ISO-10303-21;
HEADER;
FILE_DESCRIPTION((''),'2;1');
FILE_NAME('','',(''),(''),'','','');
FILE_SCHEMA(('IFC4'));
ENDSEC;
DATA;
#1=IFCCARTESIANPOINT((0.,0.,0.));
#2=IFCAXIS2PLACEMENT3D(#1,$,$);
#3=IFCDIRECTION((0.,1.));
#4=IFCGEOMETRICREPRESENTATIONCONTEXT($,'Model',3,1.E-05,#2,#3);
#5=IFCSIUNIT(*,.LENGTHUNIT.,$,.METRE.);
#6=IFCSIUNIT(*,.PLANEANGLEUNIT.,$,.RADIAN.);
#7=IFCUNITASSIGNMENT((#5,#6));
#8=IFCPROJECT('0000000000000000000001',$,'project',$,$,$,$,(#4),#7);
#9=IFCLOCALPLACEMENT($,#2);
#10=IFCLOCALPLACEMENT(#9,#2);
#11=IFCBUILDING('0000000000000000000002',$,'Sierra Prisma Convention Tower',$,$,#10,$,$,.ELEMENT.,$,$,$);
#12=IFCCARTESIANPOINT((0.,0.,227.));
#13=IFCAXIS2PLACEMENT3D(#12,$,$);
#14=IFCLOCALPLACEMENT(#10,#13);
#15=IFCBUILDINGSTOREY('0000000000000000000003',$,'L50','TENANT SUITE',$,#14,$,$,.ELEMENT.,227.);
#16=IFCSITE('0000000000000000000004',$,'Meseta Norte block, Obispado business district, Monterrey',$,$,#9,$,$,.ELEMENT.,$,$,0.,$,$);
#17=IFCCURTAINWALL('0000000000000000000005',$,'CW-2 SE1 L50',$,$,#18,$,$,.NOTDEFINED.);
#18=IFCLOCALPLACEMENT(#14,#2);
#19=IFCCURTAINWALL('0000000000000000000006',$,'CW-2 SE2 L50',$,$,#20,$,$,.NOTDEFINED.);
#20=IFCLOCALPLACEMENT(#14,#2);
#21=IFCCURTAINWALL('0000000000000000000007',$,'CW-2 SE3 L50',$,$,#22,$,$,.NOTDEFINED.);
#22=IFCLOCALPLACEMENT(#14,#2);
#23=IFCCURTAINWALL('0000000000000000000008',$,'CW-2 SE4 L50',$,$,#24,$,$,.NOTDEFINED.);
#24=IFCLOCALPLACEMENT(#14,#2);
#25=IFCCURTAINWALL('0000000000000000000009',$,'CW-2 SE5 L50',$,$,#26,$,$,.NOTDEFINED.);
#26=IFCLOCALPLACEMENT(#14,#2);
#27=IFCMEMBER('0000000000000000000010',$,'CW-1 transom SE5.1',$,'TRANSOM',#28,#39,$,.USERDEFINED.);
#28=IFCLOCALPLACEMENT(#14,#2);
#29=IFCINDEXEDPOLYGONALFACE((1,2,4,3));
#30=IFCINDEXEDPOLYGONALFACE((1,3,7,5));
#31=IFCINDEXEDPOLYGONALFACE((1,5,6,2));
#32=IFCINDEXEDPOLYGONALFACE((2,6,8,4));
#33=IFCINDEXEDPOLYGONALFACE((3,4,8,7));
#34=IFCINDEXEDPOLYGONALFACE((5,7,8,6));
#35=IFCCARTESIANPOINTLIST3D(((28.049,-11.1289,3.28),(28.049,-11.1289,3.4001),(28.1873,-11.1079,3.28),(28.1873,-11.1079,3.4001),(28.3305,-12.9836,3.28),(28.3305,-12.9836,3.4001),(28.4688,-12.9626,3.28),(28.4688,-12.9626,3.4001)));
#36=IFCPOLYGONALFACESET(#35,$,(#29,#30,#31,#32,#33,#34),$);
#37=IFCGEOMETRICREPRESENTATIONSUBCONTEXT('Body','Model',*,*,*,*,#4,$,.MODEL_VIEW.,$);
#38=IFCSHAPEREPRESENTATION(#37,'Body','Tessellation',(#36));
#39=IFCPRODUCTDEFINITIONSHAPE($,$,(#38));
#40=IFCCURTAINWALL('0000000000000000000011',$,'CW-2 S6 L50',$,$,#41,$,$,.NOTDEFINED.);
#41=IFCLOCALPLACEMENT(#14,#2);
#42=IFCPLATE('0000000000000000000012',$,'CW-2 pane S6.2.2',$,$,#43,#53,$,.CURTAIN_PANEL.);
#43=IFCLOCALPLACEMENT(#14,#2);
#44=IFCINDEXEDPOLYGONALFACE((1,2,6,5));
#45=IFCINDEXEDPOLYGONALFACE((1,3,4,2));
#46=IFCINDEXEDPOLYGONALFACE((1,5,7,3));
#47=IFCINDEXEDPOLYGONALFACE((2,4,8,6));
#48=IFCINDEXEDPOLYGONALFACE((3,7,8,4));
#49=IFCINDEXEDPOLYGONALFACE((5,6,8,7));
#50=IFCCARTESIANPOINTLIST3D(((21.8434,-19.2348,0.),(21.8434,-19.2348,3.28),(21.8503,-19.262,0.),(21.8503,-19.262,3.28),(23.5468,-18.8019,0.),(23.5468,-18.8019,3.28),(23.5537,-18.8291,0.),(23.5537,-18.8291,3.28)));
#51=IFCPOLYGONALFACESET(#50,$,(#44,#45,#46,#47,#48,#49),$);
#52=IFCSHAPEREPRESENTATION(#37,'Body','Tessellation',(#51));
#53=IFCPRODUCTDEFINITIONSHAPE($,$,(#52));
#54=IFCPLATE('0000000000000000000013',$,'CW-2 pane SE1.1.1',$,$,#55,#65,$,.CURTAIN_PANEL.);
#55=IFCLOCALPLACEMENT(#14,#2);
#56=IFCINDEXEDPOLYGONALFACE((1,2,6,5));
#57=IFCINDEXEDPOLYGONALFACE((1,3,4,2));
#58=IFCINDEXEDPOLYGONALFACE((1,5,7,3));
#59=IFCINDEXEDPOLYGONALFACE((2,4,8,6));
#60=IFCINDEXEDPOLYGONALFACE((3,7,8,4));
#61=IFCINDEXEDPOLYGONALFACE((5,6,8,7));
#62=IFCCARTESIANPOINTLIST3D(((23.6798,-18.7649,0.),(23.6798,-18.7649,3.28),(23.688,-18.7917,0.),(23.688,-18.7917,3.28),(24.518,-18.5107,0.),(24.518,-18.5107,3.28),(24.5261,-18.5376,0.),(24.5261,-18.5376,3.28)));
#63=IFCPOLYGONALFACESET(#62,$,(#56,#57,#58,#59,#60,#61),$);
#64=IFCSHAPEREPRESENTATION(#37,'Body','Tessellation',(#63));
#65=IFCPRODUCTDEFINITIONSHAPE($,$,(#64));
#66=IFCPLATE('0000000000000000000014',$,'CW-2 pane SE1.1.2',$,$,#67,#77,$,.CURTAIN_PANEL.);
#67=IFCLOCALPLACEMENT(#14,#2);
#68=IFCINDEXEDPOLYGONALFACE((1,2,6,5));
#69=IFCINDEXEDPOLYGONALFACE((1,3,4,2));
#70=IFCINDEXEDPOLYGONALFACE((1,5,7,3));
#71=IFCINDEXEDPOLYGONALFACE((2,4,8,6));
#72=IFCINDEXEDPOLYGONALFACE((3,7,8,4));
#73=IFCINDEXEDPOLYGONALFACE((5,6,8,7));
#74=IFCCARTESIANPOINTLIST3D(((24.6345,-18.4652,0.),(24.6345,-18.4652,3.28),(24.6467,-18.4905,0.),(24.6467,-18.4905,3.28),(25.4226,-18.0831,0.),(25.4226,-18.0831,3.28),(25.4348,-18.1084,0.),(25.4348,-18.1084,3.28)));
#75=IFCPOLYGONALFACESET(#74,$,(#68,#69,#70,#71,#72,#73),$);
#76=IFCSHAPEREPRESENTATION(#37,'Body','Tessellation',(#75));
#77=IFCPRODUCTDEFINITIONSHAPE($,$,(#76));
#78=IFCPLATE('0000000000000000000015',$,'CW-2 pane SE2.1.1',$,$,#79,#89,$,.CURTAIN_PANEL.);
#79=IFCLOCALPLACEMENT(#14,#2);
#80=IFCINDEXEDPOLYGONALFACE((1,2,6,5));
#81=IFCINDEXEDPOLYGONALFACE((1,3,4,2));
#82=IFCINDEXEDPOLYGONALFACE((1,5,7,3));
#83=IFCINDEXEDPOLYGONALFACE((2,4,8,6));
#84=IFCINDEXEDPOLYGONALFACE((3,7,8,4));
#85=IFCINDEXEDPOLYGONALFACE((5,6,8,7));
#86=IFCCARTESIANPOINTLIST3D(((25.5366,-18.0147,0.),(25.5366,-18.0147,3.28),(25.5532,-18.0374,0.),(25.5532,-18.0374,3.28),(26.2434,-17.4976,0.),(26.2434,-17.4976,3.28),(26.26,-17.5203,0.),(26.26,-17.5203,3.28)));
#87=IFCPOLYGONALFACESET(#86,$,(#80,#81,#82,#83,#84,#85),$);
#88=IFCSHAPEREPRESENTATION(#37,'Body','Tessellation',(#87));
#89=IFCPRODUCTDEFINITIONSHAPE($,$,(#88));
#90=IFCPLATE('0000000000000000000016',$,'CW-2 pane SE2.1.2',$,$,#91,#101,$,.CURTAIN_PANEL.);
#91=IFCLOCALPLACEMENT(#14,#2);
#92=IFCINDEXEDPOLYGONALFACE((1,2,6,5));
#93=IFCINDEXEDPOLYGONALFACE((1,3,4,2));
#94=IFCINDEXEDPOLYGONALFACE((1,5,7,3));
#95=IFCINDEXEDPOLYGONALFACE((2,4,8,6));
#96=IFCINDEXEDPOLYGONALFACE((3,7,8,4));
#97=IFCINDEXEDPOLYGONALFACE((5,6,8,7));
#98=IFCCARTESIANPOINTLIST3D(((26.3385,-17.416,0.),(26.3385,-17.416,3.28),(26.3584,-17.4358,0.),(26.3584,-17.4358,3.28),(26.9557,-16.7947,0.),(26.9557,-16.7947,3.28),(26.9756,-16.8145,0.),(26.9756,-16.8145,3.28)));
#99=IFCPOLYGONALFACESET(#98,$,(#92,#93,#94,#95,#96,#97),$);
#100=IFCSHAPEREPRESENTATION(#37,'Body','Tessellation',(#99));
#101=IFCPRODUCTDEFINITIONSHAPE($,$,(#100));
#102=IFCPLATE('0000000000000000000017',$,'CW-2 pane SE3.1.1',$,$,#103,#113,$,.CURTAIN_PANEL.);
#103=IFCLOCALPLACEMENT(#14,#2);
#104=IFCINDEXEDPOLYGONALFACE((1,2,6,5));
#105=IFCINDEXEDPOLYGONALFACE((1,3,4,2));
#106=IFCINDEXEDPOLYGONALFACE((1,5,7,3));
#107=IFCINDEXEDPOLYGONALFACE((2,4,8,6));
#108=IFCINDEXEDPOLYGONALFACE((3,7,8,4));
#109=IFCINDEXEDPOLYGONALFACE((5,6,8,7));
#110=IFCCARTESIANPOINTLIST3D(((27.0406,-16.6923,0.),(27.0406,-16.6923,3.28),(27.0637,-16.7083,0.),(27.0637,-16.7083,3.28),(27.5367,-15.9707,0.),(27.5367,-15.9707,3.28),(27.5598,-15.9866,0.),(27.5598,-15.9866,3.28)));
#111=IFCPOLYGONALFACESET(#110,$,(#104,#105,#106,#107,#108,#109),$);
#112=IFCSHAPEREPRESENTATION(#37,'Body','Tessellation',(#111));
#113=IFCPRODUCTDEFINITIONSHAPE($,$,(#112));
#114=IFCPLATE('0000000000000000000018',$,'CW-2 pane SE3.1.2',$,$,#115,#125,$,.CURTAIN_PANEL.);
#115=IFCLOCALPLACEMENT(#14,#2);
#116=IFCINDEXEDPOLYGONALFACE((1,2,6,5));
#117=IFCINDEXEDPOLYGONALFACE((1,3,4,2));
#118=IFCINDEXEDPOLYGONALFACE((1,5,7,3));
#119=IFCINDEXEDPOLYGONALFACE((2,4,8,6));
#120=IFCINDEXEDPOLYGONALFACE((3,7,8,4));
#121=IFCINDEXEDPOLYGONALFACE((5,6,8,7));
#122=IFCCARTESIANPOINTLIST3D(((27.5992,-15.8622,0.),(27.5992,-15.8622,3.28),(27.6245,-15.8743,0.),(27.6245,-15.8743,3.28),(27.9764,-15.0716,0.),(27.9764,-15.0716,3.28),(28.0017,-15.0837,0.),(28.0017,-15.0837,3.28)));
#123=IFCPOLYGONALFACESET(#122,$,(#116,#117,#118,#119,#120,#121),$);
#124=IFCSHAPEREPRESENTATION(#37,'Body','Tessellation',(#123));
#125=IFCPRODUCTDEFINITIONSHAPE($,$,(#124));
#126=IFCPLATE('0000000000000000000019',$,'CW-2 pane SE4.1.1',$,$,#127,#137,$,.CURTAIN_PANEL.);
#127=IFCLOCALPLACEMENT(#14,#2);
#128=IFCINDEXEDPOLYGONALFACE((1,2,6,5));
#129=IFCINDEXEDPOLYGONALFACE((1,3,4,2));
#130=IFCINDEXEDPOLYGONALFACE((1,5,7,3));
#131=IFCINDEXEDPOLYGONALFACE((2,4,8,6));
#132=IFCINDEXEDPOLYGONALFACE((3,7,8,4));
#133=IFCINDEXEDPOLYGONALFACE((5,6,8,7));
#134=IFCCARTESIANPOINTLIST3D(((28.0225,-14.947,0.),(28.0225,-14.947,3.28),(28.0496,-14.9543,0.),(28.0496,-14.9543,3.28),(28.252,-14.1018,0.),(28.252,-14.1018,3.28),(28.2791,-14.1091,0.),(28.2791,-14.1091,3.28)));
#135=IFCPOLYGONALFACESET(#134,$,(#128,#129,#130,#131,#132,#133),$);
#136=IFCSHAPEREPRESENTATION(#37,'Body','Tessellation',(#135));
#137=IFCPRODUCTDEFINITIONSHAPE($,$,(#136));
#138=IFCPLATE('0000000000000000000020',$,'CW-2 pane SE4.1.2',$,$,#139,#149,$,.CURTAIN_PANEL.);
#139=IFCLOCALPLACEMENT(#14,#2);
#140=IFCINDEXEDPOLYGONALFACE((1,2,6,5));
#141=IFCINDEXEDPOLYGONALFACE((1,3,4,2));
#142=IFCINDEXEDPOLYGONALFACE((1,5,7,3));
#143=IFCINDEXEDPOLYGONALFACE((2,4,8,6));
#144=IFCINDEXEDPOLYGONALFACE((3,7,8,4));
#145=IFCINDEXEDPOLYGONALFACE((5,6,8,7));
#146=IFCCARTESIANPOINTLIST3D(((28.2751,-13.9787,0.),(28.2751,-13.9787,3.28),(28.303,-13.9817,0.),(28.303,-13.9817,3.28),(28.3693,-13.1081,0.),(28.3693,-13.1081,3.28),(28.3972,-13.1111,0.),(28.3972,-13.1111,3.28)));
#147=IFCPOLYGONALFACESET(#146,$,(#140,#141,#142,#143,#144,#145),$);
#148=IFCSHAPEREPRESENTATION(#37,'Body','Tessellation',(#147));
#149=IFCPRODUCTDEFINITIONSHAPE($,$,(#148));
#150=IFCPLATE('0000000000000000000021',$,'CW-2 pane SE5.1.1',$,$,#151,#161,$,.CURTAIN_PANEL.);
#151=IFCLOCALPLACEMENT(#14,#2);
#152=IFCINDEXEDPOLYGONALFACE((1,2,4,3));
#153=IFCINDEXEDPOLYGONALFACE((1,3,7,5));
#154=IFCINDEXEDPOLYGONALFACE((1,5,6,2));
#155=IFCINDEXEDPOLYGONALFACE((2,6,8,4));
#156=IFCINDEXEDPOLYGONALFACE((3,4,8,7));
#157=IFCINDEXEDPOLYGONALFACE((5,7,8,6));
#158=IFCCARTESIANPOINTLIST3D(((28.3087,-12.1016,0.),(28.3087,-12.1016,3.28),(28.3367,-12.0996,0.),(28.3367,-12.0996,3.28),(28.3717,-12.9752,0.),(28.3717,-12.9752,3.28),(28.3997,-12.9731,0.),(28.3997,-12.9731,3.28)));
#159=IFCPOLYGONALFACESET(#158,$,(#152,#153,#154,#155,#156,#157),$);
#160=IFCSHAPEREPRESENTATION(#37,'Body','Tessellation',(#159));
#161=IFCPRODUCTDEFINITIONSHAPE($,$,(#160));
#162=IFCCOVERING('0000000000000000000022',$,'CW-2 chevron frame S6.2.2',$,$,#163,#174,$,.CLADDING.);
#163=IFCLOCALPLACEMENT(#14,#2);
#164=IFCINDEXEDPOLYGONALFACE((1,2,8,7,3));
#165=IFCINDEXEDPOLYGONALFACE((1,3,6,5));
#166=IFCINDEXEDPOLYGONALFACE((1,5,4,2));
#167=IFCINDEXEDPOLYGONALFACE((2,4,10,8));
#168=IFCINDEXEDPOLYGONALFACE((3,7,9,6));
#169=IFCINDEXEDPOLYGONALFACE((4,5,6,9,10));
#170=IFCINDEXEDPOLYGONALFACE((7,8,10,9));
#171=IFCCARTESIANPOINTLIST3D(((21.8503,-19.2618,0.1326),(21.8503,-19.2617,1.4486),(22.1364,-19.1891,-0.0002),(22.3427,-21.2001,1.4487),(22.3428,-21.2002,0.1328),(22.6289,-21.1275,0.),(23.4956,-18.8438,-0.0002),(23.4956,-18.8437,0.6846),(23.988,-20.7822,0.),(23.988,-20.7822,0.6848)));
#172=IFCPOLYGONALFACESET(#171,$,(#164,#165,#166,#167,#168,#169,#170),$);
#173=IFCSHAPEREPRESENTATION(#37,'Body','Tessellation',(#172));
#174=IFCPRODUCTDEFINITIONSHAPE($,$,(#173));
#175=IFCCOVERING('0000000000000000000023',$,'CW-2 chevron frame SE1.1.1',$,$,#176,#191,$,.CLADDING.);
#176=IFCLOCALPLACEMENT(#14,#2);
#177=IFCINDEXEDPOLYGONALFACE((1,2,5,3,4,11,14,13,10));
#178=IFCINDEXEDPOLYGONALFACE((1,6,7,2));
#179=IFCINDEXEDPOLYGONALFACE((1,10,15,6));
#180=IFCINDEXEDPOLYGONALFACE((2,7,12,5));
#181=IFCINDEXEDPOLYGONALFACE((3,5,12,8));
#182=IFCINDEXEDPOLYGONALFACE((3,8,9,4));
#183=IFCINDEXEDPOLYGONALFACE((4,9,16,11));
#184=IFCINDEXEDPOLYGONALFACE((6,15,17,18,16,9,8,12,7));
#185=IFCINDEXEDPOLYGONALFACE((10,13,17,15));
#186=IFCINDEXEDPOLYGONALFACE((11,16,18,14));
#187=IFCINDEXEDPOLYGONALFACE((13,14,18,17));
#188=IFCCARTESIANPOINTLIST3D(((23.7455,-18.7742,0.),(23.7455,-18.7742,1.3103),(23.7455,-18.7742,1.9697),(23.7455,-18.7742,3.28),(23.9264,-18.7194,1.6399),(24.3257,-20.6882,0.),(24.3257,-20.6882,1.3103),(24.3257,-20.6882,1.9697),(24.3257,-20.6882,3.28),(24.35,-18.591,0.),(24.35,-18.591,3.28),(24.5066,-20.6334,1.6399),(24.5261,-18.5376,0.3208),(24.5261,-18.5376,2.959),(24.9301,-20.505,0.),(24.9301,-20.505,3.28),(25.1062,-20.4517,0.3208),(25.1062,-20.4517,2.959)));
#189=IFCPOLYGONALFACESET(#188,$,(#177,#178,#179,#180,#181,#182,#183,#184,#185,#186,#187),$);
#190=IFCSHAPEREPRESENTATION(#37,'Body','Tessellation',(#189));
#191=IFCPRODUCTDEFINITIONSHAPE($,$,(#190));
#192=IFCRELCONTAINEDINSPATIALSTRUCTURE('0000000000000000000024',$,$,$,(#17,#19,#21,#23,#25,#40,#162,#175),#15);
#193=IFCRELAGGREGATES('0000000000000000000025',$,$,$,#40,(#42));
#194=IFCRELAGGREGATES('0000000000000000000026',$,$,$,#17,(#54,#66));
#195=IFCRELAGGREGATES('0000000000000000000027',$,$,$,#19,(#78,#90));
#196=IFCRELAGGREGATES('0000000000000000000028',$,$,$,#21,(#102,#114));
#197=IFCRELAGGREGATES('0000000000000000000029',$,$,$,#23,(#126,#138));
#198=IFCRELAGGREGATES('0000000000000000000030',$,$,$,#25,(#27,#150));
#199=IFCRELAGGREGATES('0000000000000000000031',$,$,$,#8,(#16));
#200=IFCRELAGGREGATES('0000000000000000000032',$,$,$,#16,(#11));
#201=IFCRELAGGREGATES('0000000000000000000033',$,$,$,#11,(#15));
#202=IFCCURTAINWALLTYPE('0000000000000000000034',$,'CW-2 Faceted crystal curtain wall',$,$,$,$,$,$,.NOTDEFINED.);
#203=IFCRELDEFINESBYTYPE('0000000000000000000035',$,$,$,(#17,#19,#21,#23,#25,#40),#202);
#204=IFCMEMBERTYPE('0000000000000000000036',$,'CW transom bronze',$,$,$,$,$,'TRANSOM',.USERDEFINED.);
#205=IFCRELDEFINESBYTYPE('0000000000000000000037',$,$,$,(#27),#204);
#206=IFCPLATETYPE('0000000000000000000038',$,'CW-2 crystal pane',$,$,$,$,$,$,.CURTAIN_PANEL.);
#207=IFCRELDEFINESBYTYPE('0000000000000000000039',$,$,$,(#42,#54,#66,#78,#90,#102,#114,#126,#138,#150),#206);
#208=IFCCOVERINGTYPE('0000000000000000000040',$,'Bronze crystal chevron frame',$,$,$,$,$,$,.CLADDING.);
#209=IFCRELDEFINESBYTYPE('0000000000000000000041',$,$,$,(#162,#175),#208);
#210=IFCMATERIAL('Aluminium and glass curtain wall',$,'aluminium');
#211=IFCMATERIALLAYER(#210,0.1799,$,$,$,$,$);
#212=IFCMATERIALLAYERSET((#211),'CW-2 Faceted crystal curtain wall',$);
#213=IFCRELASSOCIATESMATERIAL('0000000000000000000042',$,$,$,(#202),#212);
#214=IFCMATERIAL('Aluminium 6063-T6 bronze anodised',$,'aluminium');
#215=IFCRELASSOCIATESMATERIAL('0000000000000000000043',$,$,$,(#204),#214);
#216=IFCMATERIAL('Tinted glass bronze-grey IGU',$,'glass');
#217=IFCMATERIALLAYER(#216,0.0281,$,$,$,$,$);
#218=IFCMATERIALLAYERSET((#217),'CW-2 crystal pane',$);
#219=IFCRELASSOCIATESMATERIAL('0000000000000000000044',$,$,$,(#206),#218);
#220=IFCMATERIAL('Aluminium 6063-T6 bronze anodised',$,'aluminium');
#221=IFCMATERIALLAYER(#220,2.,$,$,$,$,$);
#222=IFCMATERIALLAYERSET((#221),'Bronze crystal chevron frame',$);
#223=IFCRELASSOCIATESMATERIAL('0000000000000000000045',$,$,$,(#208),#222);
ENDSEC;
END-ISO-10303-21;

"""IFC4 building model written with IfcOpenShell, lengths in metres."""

from ifc_helpers import new_model, si_unit, direction, frame, origin, origin_2d, place, context, subcontext, project, spatial, polyline, rectangle, outline, extrude, material, layer, layer_set, material_profile, profile_set, type_object, element, aggregate, save


model = new_model("IFC4")

# Units and contexts
model_context = context("Model", 3, precision=1e-05, world=origin(), true_north=direction((0.0, 1.0)))
body_context = subcontext(model_context, "Body", "Model", "MODEL_VIEW")
ifc_project = project(units=[si_unit("LENGTHUNIT", "METRE"), si_unit("PLANEANGLEUNIT", "RADIAN")], contexts=[model_context])

# Site, building, storey
site_placement = place(None, origin())
site = spatial("IfcSite", under=ifc_project, at=site_placement, Name="Meseta Norte block, Obispado business district, Monterrey", CompositionType="ELEMENT", RefElevation=0.0)
building_placement = place(site_placement, origin())
building = spatial("IfcBuilding", under=site, at=building_placement, Name="Sierra Prisma Convention Tower", CompositionType="ELEMENT")
storey_placement = place(building_placement, frame((0.0, 0.0, 227.0)))
storey = spatial("IfcBuildingStorey", under=building, at=storey_placement, Name="L50", Description="TENANT SUITE", CompositionType="ELEMENT", Elevation=227.0)

# Curtain walls
ifc_material_1 = material(Name="Aluminium and glass curtain wall", Category="aluminium")
ifc_layer_1 = layer(ifc_material_1, 0.1799)
ifc_layer_set_1 = layer_set([ifc_layer_1], Name="CW-2 Faceted crystal curtain wall")
curtain_wall_type = type_object("IfcCurtainWallType", Name="CW-2 Faceted crystal curtain wall", PredefinedType="NOTDEFINED", material=ifc_layer_set_1)
curtain_wall_1_placement = place(storey_placement, origin())
curtain_wall_1 = element("IfcCurtainWall", 1, at=curtain_wall_1_placement, inside=storey, type_object=curtain_wall_type, Name="CW-2 SE1 L50", PredefinedType="NOTDEFINED")
curtain_wall_2_placement = place(storey_placement, origin())
curtain_wall_2 = element("IfcCurtainWall", 2, at=curtain_wall_2_placement, inside=storey, type_object=curtain_wall_type, Name="CW-2 SE2 L50", PredefinedType="NOTDEFINED")
curtain_wall_3_placement = place(storey_placement, origin())
curtain_wall_3 = element("IfcCurtainWall", 3, at=curtain_wall_3_placement, inside=storey, type_object=curtain_wall_type, Name="CW-2 SE3 L50", PredefinedType="NOTDEFINED")
curtain_wall_4_placement = place(storey_placement, origin())
curtain_wall_4 = element("IfcCurtainWall", 4, at=curtain_wall_4_placement, inside=storey, type_object=curtain_wall_type, Name="CW-2 SE4 L50", PredefinedType="NOTDEFINED")

# Curtain wall
curtain_wall_5_placement = place(storey_placement, origin())
curtain_wall_5 = element("IfcCurtainWall", 5, at=curtain_wall_5_placement, inside=storey, type_object=curtain_wall_type, Name="CW-2 SE5 L50", PredefinedType="NOTDEFINED")

# Member
ifc_material_2 = material(Name="Aluminium 6063-T6 bronze anodised", Category="aluminium")
ifc_material_profile_1 = material_profile(ifc_material_2, rectangle(XDim=0.1399, YDim=0.1201, at=origin_2d()), Name="ALU TRANSOM 120x140")
ifc_profile_set_1 = profile_set([ifc_material_profile_1], Name="Aluminium 6063-T6 bronze anodised")
member_type_1 = type_object("IfcMemberType", Name="CW transom bronze", ElementType="TRANSOM", PredefinedType="USERDEFINED", material=ifc_profile_set_1)
member_1_placement = place(storey_placement, frame((28.3997, -12.9731, 3.3401), z_axis=(-0.150052, 0.988678, 0.0), x_axis=(-0.988678, -0.150052, 0.0)))
member_1 = element("IfcMember", 6, at=member_1_placement, type_object=member_type_1, Name="CW-1 transom SE5.1", ObjectType="TRANSOM", PredefinedType="USERDEFINED", context=body_context, shape_type="SweptSolid", body=[
    extrude(rectangle(XDim=0.1399, YDim=0.1201, at=origin_2d()), origin(), (0.0, 0.0, 1.0), 1.876),
])

# Curtain wall, plate
curtain_wall_6_placement = place(storey_placement, origin())
curtain_wall_6 = element("IfcCurtainWall", 7, at=curtain_wall_6_placement, inside=storey, type_object=curtain_wall_type, Name="CW-2 S6 L50", PredefinedType="NOTDEFINED")
ifc_material_3 = material(Name="Tinted glass bronze-grey IGU", Category="glass")
ifc_layer_2 = layer(ifc_material_3, 0.0281)
ifc_layer_set_2 = layer_set([ifc_layer_2], Name="CW-2 crystal pane")
plate_type = type_object("IfcPlateType", Name="CW-2 crystal pane", PredefinedType="CURTAIN_PANEL", material=ifc_layer_set_2)
plate_1_placement = place(storey_placement, frame((23.5537, -18.8291, 0.0), z_axis=(0.246293, -0.969196, 0.0), x_axis=(-0.969196, -0.246293, 0.0)))
plate_1 = element("IfcPlate", 8, at=plate_1_placement, type_object=plate_type, Name="CW-2 pane S6.2.2", PredefinedType="CURTAIN_PANEL", context=body_context, shape_type="SweptSolid", body=[
    extrude(outline(polyline([(0.0, 0.0), (1.7575, 0.0), (1.7575, -3.28), (0.0, -3.28), (0.0, 0.0)])), origin(), (0.0, 0.0, -1.0), 0.0281),
])
aggregate(curtain_wall_6, [plate_1])

# Plates
plate_2_placement = place(storey_placement, frame((23.688, -18.7917, 0.0), z_axis=(0.290185, -0.95697, 0.0), x_axis=(0.95697, 0.290185, 0.0)))
plate_2 = element("IfcPlate", 9, at=plate_2_placement, type_object=plate_type, Name="CW-2 pane SE1.1.1", PredefinedType="CURTAIN_PANEL", context=body_context, shape_type="SweptSolid", body=[
    extrude(outline(polyline([(0.0, 0.0), (0.8758, 0.0), (0.8758, 3.28), (0.0, 3.28), (0.0, 0.0)])), origin(), (0.0, 0.0, -1.0), 0.0281),
])
plate_3_placement = place(storey_placement, frame((25.4348, -18.1084, 0.0), z_axis=(0.436253, -0.899824, 0.0), x_axis=(-0.899824, -0.436253, 0.0)))
plate_3 = element("IfcPlate", 10, at=plate_3_placement, type_object=plate_type, Name="CW-2 pane SE1.1.2", PredefinedType="CURTAIN_PANEL", context=body_context, shape_type="SweptSolid", body=[
    extrude(outline(polyline([(0.0, 0.0), (0.8758, 0.0), (0.8758, -3.28), (0.0, -3.28), (0.0, 0.0)])), origin(), (0.0, 0.0, -1.0), 0.0281),
])
aggregate(curtain_wall_1, [plate_2, plate_3])
plate_4_placement = place(storey_placement, frame((25.5532, -18.0374, 0.0), z_axis=(0.590457, -0.807069, 0.0), x_axis=(0.807069, 0.590457, 0.0)))
plate_4 = element("IfcPlate", 11, at=plate_4_placement, type_object=plate_type, Name="CW-2 pane SE2.1.1", PredefinedType="CURTAIN_PANEL", context=body_context, shape_type="SweptSolid", body=[
    extrude(outline(polyline([(0.0, 0.0), (0.8757, 0.0), (0.8757, 3.28), (0.0, 3.28), (0.0, 0.0)])), origin(), (0.0, 0.0, -1.0), 0.0281),
])
plate_5_placement = place(storey_placement, frame((26.9756, -16.8145, 0.0), z_axis=(0.709472, -0.704733, 0.0), x_axis=(-0.704733, -0.709472, 0.0)))
plate_5 = element("IfcPlate", 12, at=plate_5_placement, type_object=plate_type, Name="CW-2 pane SE2.1.2", PredefinedType="CURTAIN_PANEL", context=body_context, shape_type="SweptSolid", body=[
    extrude(outline(polyline([(0.0, 0.0), (0.8758, 0.0), (0.8758, -3.28), (0.0, -3.28), (0.0, 0.0)])), origin(), (0.0, 0.0, -1.0), 0.0281),
])
aggregate(curtain_wall_2, [plate_4, plate_5])
plate_6_placement = place(storey_placement, frame((27.0637, -16.7083, 0.0), z_axis=(0.824074, -0.566481, 0.0), x_axis=(0.566481, 0.824074, 0.0)))
plate_6 = element("IfcPlate", 13, at=plate_6_placement, type_object=plate_type, Name="CW-2 pane SE3.1.1", PredefinedType="CURTAIN_PANEL", context=body_context, shape_type="SweptSolid", body=[
    extrude(outline(polyline([(0.0, 0.0), (0.8757, 0.0), (0.8757, 3.28), (0.0, 3.28), (0.0, 0.0)])), origin(), (0.0, 0.0, -1.0), 0.0281),
])
plate_7_placement = place(storey_placement, frame((28.0017, -15.0837, 0.0), z_axis=(0.902525, -0.430637, 0.0), x_axis=(-0.430637, -0.902525, 0.0)))
plate_7 = element("IfcPlate", 14, at=plate_7_placement, type_object=plate_type, Name="CW-2 pane SE3.1.2", PredefinedType="CURTAIN_PANEL", context=body_context, shape_type="SweptSolid", body=[
    extrude(outline(polyline([(0.0, 0.0), (0.8759, 0.0), (0.8759, -3.28), (0.0, -3.28), (0.0, 0.0)])), origin(), (0.0, 0.0, -1.0), 0.0281),
])
aggregate(curtain_wall_3, [plate_6, plate_7])
plate_8_placement = place(storey_placement, frame((28.0496, -14.9543, 0.0), z_axis=(0.965059, -0.262032, 0.0), x_axis=(0.262032, 0.965059, 0.0)))
plate_8 = element("IfcPlate", 15, at=plate_8_placement, type_object=plate_type, Name="CW-2 pane SE4.1.1", PredefinedType="CURTAIN_PANEL", context=body_context, shape_type="SweptSolid", body=[
    extrude(outline(polyline([(0.0, 0.0), (0.8758, 0.0), (0.8758, 3.28), (0.0, 3.28), (0.0, 0.0)])), origin(), (0.0, 0.0, -1.0), 0.0281),
])
plate_9_placement = place(storey_placement, frame((28.3972, -13.1111, 0.0), z_axis=(0.994193, -0.107616, 0.0), x_axis=(-0.107616, -0.994193, 0.0)))
plate_9 = element("IfcPlate", 16, at=plate_9_placement, type_object=plate_type, Name="CW-2 pane SE4.1.2", PredefinedType="CURTAIN_PANEL", context=body_context, shape_type="SweptSolid", body=[
    extrude(outline(polyline([(0.0, 0.0), (0.8757, 0.0), (0.8757, -3.28), (0.0, -3.28), (0.0, 0.0)])), origin(), (0.0, 0.0, -1.0), 0.0281),
])
aggregate(curtain_wall_4, [plate_8, plate_9])
plate_10_placement = place(storey_placement, frame((28.3997, -12.9731, 0.0), z_axis=(0.99741, 0.071921, 0.0), x_axis=(-0.071921, 0.99741, 0.0)))
plate_10 = element("IfcPlate", 17, at=plate_10_placement, type_object=plate_type, Name="CW-2 pane SE5.1.1", PredefinedType="CURTAIN_PANEL", context=body_context, shape_type="SweptSolid", body=[
    extrude(outline(polyline([(0.0, 0.0), (0.8758, 0.0), (0.8758, 3.28), (0.0, 3.28), (0.0, 0.0)])), origin(), (0.0, 0.0, -1.0), 0.0281),
])
aggregate(curtain_wall_5, [member_1, plate_10])

# Coverings
ifc_material_4 = material(Name="Aluminium 6063-T6 bronze anodised", Category="aluminium")
ifc_layer_3 = layer(ifc_material_4, 2.0)
ifc_layer_set_3 = layer_set([ifc_layer_3], Name="Bronze crystal chevron frame")
covering_type = type_object("IfcCoveringType", Name="Bronze crystal chevron frame", PredefinedType="CLADDING", material=ifc_layer_set_3)
covering_1_placement = place(storey_placement, frame((22.3428, -21.2002, 0.1328), z_axis=(0.246229, -0.969212, 0.000083), x_axis=(0.883873, 0.224513, -0.41032)))
element("IfcCovering", 18, at=covering_1_placement, inside=storey, type_object=covering_type, Name="CW-2 chevron frame S6.2.2", PredefinedType="CLADDING", context=body_context, shape_type="SweptSolid", body=[
    extrude(outline(polyline([(0.0, 0.0), (0.3237, 0.0), (1.6025, 0.5754), (1.3215, 1.1999), (-0.5399, 1.2), (0.0, 0.0)])), origin(), (0.0, 0.0, -1.0), 2.0),
])
covering_2_placement = place(storey_placement, frame((24.3257, -20.6882, 0.0), z_axis=(0.29007, -0.957006, 0.0), x_axis=(0.957006, 0.29007, 0.0)))
element("IfcCovering", 19, at=covering_2_placement, inside=storey, type_object=covering_type, Name="CW-2 chevron frame SE1.1.1", PredefinedType="CLADDING", context=body_context, shape_type="SweptSolid", body=[
    extrude(outline(polyline([(0.0, 0.0), (0.6316, 0.0), (0.8156, 0.3208), (0.8156, 2.959), (0.6316, 3.28), (0.0, 3.28), (0.0, 1.9697), (0.189, 1.6399), (0.0, 1.3103), (0.0, 0.0)])), origin(), (0.0, 0.0, -1.0), 2.0),
])

save(model, "model.ifc")
